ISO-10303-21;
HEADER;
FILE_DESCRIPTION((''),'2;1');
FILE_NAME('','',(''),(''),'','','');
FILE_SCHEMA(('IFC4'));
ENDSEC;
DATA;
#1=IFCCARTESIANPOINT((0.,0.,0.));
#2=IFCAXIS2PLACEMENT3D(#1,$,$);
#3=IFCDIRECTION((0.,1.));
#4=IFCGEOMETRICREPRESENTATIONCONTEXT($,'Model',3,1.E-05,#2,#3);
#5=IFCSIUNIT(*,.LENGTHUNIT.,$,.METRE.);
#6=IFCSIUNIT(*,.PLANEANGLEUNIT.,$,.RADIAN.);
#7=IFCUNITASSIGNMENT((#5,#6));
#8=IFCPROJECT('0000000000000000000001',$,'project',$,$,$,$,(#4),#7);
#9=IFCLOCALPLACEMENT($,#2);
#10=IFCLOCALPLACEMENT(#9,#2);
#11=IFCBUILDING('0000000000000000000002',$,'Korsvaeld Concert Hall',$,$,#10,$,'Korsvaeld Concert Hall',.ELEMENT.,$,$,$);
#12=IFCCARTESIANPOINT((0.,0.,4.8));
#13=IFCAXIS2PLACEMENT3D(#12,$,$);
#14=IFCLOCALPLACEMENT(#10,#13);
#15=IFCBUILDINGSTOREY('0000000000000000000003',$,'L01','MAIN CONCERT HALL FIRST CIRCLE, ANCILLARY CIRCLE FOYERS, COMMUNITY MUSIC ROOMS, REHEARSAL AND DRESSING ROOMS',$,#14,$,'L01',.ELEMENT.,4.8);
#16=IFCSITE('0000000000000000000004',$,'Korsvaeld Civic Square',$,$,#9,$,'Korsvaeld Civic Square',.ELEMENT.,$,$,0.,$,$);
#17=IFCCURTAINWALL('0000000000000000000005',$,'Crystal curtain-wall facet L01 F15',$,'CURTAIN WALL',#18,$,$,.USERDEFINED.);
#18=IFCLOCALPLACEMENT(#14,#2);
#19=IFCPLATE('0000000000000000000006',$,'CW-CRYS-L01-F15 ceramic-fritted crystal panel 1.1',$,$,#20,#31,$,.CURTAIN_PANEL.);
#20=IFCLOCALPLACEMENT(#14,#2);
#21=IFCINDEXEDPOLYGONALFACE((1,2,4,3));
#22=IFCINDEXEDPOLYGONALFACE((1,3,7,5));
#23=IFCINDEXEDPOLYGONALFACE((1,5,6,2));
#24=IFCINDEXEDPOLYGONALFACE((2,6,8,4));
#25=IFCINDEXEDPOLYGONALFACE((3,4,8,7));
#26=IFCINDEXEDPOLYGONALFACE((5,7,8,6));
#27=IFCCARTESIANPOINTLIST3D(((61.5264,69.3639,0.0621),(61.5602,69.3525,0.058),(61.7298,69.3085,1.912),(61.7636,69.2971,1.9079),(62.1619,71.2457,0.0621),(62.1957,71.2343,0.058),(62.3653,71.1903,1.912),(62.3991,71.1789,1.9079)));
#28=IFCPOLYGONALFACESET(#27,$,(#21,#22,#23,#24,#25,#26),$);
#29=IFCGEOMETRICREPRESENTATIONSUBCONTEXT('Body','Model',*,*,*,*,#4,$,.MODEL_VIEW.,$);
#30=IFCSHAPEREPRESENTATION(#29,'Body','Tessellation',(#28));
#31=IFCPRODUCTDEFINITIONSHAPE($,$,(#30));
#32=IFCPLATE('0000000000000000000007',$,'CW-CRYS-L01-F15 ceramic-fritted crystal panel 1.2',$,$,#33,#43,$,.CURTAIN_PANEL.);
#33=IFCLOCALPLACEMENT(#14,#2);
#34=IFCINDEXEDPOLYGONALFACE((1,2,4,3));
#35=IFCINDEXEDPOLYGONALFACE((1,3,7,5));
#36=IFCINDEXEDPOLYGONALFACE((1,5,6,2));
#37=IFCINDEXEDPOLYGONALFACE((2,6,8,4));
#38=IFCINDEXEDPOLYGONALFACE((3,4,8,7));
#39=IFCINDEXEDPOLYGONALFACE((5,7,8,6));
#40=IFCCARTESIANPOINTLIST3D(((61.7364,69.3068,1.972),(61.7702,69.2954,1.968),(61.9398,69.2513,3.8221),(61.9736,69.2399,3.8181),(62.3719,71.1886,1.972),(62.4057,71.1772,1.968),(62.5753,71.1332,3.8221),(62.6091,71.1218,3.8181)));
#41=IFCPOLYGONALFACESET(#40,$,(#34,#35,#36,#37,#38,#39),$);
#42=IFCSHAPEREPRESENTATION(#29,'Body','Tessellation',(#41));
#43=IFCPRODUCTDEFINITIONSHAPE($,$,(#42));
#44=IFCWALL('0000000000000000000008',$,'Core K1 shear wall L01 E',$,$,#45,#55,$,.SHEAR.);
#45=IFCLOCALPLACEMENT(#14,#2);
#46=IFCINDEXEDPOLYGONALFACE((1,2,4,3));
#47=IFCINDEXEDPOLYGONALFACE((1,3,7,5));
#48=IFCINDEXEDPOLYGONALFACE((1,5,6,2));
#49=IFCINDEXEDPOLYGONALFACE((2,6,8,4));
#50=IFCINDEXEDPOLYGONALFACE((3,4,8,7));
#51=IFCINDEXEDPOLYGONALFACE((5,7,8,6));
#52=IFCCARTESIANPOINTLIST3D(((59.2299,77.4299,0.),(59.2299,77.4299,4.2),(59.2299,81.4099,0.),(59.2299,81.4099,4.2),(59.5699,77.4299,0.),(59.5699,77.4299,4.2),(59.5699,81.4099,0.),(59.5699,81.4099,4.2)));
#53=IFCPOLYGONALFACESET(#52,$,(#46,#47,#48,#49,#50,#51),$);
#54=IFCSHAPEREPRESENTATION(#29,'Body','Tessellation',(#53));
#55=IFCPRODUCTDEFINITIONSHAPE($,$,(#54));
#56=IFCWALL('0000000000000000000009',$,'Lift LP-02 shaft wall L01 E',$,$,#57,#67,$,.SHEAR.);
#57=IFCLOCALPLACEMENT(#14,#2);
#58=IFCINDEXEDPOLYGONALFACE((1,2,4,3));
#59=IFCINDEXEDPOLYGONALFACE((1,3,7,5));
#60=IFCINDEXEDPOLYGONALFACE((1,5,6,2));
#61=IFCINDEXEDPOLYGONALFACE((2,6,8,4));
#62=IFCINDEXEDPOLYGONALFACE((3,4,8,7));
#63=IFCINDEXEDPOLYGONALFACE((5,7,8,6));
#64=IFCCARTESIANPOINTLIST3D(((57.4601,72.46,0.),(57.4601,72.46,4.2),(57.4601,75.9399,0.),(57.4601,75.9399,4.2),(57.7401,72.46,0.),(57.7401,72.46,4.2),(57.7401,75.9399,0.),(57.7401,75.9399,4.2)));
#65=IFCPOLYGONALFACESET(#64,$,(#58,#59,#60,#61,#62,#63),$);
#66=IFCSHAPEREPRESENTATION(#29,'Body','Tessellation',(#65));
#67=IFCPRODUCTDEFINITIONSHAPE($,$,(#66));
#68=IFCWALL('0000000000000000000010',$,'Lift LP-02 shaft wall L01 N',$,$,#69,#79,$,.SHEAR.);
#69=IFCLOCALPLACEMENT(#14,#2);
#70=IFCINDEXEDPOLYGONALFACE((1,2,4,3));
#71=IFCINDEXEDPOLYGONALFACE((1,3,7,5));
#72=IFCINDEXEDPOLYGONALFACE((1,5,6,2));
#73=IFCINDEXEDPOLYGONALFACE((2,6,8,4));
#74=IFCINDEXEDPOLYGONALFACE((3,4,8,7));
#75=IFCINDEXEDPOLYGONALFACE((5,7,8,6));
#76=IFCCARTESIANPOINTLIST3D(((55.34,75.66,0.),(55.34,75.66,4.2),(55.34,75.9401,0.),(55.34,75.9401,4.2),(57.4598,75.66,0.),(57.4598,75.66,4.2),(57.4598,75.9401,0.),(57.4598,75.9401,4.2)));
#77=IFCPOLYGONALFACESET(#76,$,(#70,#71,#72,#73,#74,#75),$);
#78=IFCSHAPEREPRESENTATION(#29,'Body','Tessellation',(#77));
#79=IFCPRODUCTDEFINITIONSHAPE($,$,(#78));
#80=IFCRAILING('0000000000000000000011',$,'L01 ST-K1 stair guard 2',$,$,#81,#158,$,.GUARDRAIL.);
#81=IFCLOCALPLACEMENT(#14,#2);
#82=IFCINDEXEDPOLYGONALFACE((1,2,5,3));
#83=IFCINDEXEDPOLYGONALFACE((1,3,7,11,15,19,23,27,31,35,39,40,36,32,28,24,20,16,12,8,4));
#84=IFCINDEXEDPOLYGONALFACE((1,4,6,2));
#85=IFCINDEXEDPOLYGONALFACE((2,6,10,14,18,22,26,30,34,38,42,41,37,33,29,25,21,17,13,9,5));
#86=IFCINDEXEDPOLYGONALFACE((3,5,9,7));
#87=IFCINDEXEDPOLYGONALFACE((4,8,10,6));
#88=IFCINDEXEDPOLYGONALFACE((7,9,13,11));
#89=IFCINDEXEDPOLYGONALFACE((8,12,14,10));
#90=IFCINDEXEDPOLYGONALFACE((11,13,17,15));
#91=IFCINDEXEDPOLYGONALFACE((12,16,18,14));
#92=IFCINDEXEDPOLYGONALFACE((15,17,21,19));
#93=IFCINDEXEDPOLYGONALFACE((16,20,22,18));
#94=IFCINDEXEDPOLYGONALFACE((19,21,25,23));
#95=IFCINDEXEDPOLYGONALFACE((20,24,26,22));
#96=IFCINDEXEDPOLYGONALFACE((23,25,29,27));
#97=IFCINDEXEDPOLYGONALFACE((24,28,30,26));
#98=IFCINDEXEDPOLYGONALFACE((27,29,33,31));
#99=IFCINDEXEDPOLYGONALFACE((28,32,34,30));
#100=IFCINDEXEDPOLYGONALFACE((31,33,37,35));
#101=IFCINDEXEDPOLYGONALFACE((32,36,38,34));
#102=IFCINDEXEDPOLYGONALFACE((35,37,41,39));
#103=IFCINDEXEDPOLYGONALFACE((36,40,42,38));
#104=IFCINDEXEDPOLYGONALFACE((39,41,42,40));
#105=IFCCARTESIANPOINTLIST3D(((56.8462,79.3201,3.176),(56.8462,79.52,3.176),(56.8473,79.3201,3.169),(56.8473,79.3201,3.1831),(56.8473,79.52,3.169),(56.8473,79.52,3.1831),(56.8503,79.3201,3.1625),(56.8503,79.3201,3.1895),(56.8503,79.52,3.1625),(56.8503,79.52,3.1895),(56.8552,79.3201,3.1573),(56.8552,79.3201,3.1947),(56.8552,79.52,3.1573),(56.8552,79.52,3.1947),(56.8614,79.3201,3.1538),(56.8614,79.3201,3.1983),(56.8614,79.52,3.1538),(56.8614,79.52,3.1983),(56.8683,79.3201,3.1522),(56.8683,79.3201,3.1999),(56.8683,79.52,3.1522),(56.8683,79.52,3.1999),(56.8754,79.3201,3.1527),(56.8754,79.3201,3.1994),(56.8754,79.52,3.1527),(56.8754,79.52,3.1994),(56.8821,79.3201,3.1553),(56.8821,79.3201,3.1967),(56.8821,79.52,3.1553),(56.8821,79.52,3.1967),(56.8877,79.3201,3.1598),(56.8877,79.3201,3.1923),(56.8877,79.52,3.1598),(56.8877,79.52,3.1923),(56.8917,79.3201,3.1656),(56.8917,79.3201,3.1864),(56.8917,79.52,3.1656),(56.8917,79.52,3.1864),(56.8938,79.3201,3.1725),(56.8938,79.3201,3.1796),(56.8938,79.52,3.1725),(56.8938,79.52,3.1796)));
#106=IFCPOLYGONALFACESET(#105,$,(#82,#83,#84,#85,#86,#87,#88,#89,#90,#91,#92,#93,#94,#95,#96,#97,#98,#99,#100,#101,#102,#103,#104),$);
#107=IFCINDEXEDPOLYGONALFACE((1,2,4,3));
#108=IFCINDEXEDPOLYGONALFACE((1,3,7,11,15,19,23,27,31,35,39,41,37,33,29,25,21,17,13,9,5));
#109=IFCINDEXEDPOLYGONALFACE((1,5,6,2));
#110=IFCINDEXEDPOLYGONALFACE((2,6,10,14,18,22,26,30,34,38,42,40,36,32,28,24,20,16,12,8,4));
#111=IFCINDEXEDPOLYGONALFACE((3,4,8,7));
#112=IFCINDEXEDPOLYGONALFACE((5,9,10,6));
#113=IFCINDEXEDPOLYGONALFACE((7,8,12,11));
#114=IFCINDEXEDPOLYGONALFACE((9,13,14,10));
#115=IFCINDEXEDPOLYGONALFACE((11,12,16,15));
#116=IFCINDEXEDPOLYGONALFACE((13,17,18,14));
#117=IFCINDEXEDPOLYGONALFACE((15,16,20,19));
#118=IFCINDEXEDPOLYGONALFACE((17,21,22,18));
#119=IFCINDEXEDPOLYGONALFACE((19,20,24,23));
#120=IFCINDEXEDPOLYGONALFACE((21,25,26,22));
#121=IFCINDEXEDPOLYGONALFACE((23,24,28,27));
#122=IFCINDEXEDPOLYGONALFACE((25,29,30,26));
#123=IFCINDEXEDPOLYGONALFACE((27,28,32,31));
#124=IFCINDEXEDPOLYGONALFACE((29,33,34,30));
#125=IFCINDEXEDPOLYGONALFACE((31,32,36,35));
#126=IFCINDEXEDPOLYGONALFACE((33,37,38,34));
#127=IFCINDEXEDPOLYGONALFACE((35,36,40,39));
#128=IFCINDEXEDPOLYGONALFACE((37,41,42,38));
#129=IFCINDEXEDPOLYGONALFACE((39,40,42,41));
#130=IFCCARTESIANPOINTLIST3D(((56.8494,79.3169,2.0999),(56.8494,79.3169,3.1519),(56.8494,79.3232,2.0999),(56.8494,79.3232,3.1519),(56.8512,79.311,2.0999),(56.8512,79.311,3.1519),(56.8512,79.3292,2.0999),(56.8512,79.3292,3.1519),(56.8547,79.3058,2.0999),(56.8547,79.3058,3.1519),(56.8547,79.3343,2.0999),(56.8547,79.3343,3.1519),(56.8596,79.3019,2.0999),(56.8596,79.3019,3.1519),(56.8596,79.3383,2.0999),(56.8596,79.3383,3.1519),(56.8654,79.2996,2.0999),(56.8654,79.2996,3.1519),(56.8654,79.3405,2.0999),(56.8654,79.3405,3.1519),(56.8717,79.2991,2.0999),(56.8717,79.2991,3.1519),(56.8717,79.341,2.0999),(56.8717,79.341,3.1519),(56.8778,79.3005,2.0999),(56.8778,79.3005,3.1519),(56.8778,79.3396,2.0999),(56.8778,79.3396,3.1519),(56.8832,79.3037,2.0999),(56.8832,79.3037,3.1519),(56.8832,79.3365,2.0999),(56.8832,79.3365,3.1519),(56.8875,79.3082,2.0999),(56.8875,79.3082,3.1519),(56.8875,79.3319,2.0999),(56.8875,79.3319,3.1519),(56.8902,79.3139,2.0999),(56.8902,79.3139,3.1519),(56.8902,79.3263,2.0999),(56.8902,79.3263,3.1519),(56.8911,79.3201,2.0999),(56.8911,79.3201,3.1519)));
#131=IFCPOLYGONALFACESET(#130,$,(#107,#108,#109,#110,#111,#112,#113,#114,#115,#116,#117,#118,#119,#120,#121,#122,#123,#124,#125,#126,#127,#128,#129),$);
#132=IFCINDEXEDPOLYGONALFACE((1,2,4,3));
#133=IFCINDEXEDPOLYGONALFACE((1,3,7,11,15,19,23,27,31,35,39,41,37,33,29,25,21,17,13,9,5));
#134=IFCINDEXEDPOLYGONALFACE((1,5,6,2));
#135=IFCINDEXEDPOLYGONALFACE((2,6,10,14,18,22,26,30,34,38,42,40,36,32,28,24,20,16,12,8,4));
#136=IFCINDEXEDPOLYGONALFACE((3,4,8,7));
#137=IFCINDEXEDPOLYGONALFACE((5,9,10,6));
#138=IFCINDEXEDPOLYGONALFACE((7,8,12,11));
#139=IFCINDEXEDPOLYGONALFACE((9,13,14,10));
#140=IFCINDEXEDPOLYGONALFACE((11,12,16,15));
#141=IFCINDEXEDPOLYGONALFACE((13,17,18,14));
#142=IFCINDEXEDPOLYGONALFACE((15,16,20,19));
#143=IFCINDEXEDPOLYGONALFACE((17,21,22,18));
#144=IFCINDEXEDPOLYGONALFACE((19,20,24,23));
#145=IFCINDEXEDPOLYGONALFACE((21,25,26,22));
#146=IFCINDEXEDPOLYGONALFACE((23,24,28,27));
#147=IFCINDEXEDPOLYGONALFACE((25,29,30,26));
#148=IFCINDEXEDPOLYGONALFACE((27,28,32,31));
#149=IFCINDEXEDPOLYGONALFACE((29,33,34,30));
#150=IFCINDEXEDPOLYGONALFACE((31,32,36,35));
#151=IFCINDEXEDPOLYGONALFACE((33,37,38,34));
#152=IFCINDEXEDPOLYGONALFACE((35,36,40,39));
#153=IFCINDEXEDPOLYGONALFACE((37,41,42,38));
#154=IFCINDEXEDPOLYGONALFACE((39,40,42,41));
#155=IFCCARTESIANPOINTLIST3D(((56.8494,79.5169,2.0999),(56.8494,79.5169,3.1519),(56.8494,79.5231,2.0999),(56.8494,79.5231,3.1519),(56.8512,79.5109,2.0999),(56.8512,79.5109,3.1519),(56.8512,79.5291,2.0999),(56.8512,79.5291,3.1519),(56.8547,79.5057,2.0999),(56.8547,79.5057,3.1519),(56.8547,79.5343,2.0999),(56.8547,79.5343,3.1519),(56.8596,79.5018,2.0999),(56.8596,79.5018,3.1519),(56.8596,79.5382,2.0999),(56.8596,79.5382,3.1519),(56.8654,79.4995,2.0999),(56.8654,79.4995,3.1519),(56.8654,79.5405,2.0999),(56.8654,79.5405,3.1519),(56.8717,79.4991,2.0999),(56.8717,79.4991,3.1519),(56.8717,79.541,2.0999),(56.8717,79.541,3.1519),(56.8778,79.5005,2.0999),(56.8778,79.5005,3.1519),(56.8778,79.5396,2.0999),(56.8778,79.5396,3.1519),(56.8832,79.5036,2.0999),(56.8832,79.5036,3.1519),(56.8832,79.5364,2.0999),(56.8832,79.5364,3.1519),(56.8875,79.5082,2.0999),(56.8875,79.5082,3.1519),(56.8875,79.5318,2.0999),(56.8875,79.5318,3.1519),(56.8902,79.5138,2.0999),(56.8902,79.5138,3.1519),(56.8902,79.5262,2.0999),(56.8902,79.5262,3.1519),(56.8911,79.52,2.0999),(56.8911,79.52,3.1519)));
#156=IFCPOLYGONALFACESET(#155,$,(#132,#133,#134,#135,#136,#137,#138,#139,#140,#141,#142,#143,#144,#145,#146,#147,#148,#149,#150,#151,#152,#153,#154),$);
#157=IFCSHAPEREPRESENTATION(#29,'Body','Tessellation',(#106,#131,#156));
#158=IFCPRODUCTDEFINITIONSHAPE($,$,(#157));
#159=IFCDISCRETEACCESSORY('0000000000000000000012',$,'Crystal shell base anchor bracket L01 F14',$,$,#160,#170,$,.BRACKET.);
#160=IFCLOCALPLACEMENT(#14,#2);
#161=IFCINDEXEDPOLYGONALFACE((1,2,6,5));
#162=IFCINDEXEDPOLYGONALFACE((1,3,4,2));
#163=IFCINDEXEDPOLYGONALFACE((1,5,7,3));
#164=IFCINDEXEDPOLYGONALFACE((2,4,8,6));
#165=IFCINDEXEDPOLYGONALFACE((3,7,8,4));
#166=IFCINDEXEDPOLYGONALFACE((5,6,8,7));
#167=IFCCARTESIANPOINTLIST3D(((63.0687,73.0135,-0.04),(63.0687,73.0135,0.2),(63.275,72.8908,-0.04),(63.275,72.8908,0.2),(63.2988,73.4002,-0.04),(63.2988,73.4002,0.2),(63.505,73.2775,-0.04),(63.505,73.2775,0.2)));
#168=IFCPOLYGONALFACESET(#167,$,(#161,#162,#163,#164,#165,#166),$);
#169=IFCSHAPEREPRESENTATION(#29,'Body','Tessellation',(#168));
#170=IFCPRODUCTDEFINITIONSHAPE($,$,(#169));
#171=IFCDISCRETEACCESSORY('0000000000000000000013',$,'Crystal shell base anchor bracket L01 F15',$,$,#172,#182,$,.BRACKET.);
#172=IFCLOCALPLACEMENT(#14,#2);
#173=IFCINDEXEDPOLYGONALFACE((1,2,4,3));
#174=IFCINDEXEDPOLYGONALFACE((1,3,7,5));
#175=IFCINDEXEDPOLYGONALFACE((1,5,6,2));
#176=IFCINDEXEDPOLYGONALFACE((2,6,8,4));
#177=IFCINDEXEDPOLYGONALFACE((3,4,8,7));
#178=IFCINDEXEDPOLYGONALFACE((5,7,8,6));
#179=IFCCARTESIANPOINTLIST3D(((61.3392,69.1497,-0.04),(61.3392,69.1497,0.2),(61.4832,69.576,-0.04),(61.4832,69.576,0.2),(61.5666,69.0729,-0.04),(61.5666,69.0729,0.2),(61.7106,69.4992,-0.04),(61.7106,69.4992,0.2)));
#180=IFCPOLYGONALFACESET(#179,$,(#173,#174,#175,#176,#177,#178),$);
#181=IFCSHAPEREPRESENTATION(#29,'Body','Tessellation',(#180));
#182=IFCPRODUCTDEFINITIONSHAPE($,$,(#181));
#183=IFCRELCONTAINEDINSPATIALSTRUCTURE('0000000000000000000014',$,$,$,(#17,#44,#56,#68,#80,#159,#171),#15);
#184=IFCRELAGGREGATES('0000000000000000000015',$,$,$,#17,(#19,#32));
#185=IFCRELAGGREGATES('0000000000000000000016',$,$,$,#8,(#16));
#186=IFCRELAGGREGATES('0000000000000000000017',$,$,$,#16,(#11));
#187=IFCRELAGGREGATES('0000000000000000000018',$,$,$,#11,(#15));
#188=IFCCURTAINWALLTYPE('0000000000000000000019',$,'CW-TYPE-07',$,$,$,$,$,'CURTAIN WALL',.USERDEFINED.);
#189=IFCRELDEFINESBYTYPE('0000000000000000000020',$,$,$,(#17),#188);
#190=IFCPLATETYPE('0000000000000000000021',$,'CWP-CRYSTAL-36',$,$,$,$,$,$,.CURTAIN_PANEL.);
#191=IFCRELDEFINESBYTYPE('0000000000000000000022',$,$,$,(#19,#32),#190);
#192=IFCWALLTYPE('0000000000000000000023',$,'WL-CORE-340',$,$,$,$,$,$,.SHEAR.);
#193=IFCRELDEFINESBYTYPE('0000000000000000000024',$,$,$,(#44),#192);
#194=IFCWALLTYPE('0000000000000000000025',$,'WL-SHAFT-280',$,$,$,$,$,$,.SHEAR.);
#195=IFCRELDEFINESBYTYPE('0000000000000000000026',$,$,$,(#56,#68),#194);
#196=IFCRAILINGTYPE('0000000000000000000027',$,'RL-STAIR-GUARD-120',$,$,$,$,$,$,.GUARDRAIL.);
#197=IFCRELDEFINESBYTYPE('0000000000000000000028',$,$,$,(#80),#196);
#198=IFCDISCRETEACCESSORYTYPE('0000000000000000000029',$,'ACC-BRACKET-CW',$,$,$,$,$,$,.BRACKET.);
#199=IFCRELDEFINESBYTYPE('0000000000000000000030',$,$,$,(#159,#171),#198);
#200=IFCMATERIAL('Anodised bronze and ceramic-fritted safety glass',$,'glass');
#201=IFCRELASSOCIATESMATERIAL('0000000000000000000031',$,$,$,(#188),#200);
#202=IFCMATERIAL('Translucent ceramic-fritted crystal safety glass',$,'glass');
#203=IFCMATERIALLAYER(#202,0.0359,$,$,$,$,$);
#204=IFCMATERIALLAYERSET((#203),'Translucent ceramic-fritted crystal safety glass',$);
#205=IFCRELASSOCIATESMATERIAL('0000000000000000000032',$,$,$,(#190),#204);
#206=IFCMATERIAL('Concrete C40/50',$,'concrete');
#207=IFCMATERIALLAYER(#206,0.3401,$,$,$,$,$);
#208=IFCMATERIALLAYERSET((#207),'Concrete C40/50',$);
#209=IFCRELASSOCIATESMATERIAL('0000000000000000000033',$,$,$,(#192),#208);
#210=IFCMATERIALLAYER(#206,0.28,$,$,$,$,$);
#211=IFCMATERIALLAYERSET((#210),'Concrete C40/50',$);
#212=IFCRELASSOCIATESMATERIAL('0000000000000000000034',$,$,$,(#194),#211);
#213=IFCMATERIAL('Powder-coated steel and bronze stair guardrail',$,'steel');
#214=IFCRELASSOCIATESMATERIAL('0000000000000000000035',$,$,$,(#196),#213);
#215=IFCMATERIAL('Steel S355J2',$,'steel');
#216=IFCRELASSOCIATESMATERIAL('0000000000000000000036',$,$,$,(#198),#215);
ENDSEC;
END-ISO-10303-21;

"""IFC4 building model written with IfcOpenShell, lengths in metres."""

from ifc_helpers import new_model, si_unit, direction, frame, frame_2d, origin, origin_2d, place, context, subcontext, project, spatial, polyline, rectangle, circle, outline, extrude, material, layer, layer_set, type_object, element, aggregate, save


model = new_model("IFC4")

# Units and contexts
model_context = context("Model", 3, precision=1e-05, world=origin(), true_north=direction((0.0, 1.0)))
body_context = subcontext(model_context, "Body", "Model", "MODEL_VIEW")
ifc_project = project(units=[si_unit("LENGTHUNIT", "METRE"), si_unit("PLANEANGLEUNIT", "RADIAN")], contexts=[model_context])

# Site, building, storey
site_placement = place(None, origin())
site = spatial("IfcSite", under=ifc_project, at=site_placement, Name="Korsvaeld Civic Square", LongName="Korsvaeld Civic Square", CompositionType="ELEMENT", RefElevation=0.0)
building_placement = place(site_placement, origin())
building = spatial("IfcBuilding", under=site, at=building_placement, Name="Korsvaeld Concert Hall", LongName="Korsvaeld Concert Hall", CompositionType="ELEMENT")
storey_placement = place(building_placement, frame((0.0, 0.0, 4.8)))
storey = spatial("IfcBuildingStorey", under=building, at=storey_placement, Name="L01", Description="MAIN CONCERT HALL FIRST CIRCLE, ANCILLARY CIRCLE FOYERS, COMMUNITY MUSIC ROOMS, REHEARSAL AND DRESSING ROOMS", LongName="L01", CompositionType="ELEMENT", Elevation=4.8)

# Shared definitions
ifc_material_1 = material(Name="Concrete C40/50", Category="concrete")

# Shared definitions
ifc_material_2 = material(Name="Anodised bronze and ceramic-fritted safety glass", Category="glass")

# Curtain wall
curtain_wall_type_1 = type_object("IfcCurtainWallType", Name="CW-TYPE-07", ElementType="CURTAIN WALL", PredefinedType="USERDEFINED", material=ifc_material_2)
curtain_wall_1_placement = place(storey_placement, origin())
curtain_wall_1 = element("IfcCurtainWall", 1, at=curtain_wall_1_placement, inside=storey, type_object=curtain_wall_type_1, Name="Crystal curtain-wall facet L01 F15", ObjectType="CURTAIN WALL", PredefinedType="USERDEFINED")

# Plates
ifc_material_3 = material(Name="Translucent ceramic-fritted crystal safety glass", Category="glass")
ifc_layer_1 = layer(ifc_material_3, 0.0359)
ifc_layer_set_1 = layer_set([ifc_layer_1], Name="Translucent ceramic-fritted crystal safety glass")
plate_type = type_object("IfcPlateType", Name="CWP-CRYSTAL-36", PredefinedType="CURTAIN_PANEL", material=ifc_layer_set_1)
plate_1_placement = place(storey_placement, frame((62.179, 71.24, 0.0601), z_axis=(-0.941365, 0.3179, 0.113016), x_axis=(-0.31995, -0.947435, 0.0)))
plate_1 = element("IfcPlate", 2, at=plate_1_placement, type_object=plate_type, Name="CW-CRYS-L01-F15 ceramic-fritted crystal panel 1.1", PredefinedType="CURTAIN_PANEL", context=body_context, shape_type="SweptSolid", body=[
    extrude(outline(polyline([(0.0, 0.0), (1.9862, 0.0), (1.9737, 1.8618), (-0.0126, 1.8618), (0.0, 0.0)])), frame((0.0, 0.0, 0.0181)), (0.0, 0.0, -1.0), 0.0359),
])
plate_2_placement = place(storey_placement, frame((62.3889, 71.1829, 1.97), z_axis=(-0.941366, 0.3179, 0.113001), x_axis=(-0.31995, -0.947435, 0.0)))
plate_2 = element("IfcPlate", 3, at=plate_2_placement, type_object=plate_type, Name="CW-CRYS-L01-F15 ceramic-fritted crystal panel 1.2", PredefinedType="CURTAIN_PANEL", context=body_context, shape_type="SweptSolid", body=[
    extrude(outline(polyline([(0.0, 0.0), (1.9862, 0.0), (1.9737, 1.862), (-0.0126, 1.862), (0.0, 0.0)])), frame((0.0, 0.0, 0.0181)), (0.0, 0.0, -1.0), 0.0359),
])
aggregate(curtain_wall_1, [plate_1, plate_2])

# Walls
ifc_layer_2 = layer(ifc_material_1, 0.3401)
ifc_layer_set_2 = layer_set([ifc_layer_2], Name="Concrete C40/50")
wall_type_1 = type_object("IfcWallType", Name="WL-CORE-340", PredefinedType="SHEAR", material=ifc_layer_set_2)
wall_1_placement = place(storey_placement, frame((59.3999, 77.4299, 0.0), z_axis=(0.0, 0.0, 1.0), x_axis=(0.0, 1.0, 0.0)))
element("IfcWall", 4, at=wall_1_placement, inside=storey, type_object=wall_type_1, Name="Core K1 shear wall L01 E", PredefinedType="SHEAR", context=body_context, shape_type="SweptSolid", body=[
    extrude(rectangle(XDim=3.98, YDim=0.3401, at=frame_2d((1.99, 0.0))), origin(), (0.0, 0.0, 1.0), 4.2),
])
ifc_layer_3 = layer(ifc_material_1, 0.28)
ifc_layer_set_3 = layer_set([ifc_layer_3], Name="Concrete C40/50")
wall_type_2 = type_object("IfcWallType", Name="WL-SHAFT-280", PredefinedType="SHEAR", material=ifc_layer_set_3)
wall_2_placement = place(storey_placement, frame((57.6001, 72.46, 0.0), z_axis=(0.0, 0.0, 1.0), x_axis=(0.0, 1.0, 0.0)))
element("IfcWall", 5, at=wall_2_placement, inside=storey, type_object=wall_type_2, Name="Lift LP-02 shaft wall L01 E", PredefinedType="SHEAR", context=body_context, shape_type="SweptSolid", body=[
    extrude(rectangle(XDim=3.48, YDim=0.28, at=frame_2d((1.74, 0.0))), origin(), (0.0, 0.0, 1.0), 4.2),
])
wall_3_placement = place(storey_placement, frame((57.46, 75.8, 0.0), z_axis=(0.0, 0.0, 1.0), x_axis=(-1.0, 0.0, 0.0)))
element("IfcWall", 6, at=wall_3_placement, inside=storey, type_object=wall_type_2, Name="Lift LP-02 shaft wall L01 N", PredefinedType="SHEAR", context=body_context, shape_type="SweptSolid", body=[
    extrude(rectangle(XDim=2.1199, YDim=0.28, at=frame_2d((1.0601, 0.0))), origin(), (0.0, 0.0, 1.0), 4.2),
])

# Railing
ifc_material_4 = material(Name="Powder-coated steel and bronze stair guardrail", Category="steel")
railing_type = type_object("IfcRailingType", Name="RL-STAIR-GUARD-120", PredefinedType="GUARDRAIL", material=ifc_material_4)
railing_placement = place(storey_placement, frame((56.8701, 79.3201, 2.0999)))
element("IfcRailing", 7, at=railing_placement, inside=storey, type_object=railing_type, Name="L01 ST-K1 stair guard 2", PredefinedType="GUARDRAIL", context=body_context, shape_type="SweptSolid", body=[
    extrude(circle(Radius=0.0239, at=origin_2d()), frame((0.0, 0.0, 1.0762), z_axis=(0.0, 1.0, 0.0), x_axis=(-1.0, 0.0, 0.0)), (0.0, 0.0, 1.0), 0.2),
    extrude(circle(Radius=0.021, at=origin_2d()), origin(), (0.0, 0.0, 1.0), 1.052),
    extrude(circle(Radius=0.021, at=origin_2d()), frame((0.0, 0.2, 0.0)), (0.0, 0.0, 1.0), 1.052),
])

# Discrete accessories
ifc_material_5 = material(Name="Steel S355J2", Category="steel")
discrete_accessory_type = type_object("IfcDiscreteAccessoryType", Name="ACC-BRACKET-CW", PredefinedType="BRACKET", material=ifc_material_5)
for number, where, z_axis, x_axis, name in (
    (8, (63.2869, 73.1455, -0.04), (0.0, 0.0, 1.0), (-0.511293, -0.859406, 0.0), "Crystal shell base anchor bracket L01 F14"),
    (9, (61.5249, 69.3245, -0.04), (0.0, 0.0, 1.0), (-0.319952, -0.947434, 0.0), "Crystal shell base anchor bracket L01 F15"),
):
    element("IfcDiscreteAccessory", number, at=place(storey_placement, frame(where, z_axis=z_axis, x_axis=x_axis)), inside=storey, type_object=discrete_accessory_type, Name=name, PredefinedType="BRACKET", context=body_context, shape_type="SweptSolid", body=[
        extrude(rectangle(XDim=0.45, YDim=0.24, at=origin_2d()), origin(), (0.0, 0.0, 1.0), 0.24),
    ])

save(model, "model.ifc")
